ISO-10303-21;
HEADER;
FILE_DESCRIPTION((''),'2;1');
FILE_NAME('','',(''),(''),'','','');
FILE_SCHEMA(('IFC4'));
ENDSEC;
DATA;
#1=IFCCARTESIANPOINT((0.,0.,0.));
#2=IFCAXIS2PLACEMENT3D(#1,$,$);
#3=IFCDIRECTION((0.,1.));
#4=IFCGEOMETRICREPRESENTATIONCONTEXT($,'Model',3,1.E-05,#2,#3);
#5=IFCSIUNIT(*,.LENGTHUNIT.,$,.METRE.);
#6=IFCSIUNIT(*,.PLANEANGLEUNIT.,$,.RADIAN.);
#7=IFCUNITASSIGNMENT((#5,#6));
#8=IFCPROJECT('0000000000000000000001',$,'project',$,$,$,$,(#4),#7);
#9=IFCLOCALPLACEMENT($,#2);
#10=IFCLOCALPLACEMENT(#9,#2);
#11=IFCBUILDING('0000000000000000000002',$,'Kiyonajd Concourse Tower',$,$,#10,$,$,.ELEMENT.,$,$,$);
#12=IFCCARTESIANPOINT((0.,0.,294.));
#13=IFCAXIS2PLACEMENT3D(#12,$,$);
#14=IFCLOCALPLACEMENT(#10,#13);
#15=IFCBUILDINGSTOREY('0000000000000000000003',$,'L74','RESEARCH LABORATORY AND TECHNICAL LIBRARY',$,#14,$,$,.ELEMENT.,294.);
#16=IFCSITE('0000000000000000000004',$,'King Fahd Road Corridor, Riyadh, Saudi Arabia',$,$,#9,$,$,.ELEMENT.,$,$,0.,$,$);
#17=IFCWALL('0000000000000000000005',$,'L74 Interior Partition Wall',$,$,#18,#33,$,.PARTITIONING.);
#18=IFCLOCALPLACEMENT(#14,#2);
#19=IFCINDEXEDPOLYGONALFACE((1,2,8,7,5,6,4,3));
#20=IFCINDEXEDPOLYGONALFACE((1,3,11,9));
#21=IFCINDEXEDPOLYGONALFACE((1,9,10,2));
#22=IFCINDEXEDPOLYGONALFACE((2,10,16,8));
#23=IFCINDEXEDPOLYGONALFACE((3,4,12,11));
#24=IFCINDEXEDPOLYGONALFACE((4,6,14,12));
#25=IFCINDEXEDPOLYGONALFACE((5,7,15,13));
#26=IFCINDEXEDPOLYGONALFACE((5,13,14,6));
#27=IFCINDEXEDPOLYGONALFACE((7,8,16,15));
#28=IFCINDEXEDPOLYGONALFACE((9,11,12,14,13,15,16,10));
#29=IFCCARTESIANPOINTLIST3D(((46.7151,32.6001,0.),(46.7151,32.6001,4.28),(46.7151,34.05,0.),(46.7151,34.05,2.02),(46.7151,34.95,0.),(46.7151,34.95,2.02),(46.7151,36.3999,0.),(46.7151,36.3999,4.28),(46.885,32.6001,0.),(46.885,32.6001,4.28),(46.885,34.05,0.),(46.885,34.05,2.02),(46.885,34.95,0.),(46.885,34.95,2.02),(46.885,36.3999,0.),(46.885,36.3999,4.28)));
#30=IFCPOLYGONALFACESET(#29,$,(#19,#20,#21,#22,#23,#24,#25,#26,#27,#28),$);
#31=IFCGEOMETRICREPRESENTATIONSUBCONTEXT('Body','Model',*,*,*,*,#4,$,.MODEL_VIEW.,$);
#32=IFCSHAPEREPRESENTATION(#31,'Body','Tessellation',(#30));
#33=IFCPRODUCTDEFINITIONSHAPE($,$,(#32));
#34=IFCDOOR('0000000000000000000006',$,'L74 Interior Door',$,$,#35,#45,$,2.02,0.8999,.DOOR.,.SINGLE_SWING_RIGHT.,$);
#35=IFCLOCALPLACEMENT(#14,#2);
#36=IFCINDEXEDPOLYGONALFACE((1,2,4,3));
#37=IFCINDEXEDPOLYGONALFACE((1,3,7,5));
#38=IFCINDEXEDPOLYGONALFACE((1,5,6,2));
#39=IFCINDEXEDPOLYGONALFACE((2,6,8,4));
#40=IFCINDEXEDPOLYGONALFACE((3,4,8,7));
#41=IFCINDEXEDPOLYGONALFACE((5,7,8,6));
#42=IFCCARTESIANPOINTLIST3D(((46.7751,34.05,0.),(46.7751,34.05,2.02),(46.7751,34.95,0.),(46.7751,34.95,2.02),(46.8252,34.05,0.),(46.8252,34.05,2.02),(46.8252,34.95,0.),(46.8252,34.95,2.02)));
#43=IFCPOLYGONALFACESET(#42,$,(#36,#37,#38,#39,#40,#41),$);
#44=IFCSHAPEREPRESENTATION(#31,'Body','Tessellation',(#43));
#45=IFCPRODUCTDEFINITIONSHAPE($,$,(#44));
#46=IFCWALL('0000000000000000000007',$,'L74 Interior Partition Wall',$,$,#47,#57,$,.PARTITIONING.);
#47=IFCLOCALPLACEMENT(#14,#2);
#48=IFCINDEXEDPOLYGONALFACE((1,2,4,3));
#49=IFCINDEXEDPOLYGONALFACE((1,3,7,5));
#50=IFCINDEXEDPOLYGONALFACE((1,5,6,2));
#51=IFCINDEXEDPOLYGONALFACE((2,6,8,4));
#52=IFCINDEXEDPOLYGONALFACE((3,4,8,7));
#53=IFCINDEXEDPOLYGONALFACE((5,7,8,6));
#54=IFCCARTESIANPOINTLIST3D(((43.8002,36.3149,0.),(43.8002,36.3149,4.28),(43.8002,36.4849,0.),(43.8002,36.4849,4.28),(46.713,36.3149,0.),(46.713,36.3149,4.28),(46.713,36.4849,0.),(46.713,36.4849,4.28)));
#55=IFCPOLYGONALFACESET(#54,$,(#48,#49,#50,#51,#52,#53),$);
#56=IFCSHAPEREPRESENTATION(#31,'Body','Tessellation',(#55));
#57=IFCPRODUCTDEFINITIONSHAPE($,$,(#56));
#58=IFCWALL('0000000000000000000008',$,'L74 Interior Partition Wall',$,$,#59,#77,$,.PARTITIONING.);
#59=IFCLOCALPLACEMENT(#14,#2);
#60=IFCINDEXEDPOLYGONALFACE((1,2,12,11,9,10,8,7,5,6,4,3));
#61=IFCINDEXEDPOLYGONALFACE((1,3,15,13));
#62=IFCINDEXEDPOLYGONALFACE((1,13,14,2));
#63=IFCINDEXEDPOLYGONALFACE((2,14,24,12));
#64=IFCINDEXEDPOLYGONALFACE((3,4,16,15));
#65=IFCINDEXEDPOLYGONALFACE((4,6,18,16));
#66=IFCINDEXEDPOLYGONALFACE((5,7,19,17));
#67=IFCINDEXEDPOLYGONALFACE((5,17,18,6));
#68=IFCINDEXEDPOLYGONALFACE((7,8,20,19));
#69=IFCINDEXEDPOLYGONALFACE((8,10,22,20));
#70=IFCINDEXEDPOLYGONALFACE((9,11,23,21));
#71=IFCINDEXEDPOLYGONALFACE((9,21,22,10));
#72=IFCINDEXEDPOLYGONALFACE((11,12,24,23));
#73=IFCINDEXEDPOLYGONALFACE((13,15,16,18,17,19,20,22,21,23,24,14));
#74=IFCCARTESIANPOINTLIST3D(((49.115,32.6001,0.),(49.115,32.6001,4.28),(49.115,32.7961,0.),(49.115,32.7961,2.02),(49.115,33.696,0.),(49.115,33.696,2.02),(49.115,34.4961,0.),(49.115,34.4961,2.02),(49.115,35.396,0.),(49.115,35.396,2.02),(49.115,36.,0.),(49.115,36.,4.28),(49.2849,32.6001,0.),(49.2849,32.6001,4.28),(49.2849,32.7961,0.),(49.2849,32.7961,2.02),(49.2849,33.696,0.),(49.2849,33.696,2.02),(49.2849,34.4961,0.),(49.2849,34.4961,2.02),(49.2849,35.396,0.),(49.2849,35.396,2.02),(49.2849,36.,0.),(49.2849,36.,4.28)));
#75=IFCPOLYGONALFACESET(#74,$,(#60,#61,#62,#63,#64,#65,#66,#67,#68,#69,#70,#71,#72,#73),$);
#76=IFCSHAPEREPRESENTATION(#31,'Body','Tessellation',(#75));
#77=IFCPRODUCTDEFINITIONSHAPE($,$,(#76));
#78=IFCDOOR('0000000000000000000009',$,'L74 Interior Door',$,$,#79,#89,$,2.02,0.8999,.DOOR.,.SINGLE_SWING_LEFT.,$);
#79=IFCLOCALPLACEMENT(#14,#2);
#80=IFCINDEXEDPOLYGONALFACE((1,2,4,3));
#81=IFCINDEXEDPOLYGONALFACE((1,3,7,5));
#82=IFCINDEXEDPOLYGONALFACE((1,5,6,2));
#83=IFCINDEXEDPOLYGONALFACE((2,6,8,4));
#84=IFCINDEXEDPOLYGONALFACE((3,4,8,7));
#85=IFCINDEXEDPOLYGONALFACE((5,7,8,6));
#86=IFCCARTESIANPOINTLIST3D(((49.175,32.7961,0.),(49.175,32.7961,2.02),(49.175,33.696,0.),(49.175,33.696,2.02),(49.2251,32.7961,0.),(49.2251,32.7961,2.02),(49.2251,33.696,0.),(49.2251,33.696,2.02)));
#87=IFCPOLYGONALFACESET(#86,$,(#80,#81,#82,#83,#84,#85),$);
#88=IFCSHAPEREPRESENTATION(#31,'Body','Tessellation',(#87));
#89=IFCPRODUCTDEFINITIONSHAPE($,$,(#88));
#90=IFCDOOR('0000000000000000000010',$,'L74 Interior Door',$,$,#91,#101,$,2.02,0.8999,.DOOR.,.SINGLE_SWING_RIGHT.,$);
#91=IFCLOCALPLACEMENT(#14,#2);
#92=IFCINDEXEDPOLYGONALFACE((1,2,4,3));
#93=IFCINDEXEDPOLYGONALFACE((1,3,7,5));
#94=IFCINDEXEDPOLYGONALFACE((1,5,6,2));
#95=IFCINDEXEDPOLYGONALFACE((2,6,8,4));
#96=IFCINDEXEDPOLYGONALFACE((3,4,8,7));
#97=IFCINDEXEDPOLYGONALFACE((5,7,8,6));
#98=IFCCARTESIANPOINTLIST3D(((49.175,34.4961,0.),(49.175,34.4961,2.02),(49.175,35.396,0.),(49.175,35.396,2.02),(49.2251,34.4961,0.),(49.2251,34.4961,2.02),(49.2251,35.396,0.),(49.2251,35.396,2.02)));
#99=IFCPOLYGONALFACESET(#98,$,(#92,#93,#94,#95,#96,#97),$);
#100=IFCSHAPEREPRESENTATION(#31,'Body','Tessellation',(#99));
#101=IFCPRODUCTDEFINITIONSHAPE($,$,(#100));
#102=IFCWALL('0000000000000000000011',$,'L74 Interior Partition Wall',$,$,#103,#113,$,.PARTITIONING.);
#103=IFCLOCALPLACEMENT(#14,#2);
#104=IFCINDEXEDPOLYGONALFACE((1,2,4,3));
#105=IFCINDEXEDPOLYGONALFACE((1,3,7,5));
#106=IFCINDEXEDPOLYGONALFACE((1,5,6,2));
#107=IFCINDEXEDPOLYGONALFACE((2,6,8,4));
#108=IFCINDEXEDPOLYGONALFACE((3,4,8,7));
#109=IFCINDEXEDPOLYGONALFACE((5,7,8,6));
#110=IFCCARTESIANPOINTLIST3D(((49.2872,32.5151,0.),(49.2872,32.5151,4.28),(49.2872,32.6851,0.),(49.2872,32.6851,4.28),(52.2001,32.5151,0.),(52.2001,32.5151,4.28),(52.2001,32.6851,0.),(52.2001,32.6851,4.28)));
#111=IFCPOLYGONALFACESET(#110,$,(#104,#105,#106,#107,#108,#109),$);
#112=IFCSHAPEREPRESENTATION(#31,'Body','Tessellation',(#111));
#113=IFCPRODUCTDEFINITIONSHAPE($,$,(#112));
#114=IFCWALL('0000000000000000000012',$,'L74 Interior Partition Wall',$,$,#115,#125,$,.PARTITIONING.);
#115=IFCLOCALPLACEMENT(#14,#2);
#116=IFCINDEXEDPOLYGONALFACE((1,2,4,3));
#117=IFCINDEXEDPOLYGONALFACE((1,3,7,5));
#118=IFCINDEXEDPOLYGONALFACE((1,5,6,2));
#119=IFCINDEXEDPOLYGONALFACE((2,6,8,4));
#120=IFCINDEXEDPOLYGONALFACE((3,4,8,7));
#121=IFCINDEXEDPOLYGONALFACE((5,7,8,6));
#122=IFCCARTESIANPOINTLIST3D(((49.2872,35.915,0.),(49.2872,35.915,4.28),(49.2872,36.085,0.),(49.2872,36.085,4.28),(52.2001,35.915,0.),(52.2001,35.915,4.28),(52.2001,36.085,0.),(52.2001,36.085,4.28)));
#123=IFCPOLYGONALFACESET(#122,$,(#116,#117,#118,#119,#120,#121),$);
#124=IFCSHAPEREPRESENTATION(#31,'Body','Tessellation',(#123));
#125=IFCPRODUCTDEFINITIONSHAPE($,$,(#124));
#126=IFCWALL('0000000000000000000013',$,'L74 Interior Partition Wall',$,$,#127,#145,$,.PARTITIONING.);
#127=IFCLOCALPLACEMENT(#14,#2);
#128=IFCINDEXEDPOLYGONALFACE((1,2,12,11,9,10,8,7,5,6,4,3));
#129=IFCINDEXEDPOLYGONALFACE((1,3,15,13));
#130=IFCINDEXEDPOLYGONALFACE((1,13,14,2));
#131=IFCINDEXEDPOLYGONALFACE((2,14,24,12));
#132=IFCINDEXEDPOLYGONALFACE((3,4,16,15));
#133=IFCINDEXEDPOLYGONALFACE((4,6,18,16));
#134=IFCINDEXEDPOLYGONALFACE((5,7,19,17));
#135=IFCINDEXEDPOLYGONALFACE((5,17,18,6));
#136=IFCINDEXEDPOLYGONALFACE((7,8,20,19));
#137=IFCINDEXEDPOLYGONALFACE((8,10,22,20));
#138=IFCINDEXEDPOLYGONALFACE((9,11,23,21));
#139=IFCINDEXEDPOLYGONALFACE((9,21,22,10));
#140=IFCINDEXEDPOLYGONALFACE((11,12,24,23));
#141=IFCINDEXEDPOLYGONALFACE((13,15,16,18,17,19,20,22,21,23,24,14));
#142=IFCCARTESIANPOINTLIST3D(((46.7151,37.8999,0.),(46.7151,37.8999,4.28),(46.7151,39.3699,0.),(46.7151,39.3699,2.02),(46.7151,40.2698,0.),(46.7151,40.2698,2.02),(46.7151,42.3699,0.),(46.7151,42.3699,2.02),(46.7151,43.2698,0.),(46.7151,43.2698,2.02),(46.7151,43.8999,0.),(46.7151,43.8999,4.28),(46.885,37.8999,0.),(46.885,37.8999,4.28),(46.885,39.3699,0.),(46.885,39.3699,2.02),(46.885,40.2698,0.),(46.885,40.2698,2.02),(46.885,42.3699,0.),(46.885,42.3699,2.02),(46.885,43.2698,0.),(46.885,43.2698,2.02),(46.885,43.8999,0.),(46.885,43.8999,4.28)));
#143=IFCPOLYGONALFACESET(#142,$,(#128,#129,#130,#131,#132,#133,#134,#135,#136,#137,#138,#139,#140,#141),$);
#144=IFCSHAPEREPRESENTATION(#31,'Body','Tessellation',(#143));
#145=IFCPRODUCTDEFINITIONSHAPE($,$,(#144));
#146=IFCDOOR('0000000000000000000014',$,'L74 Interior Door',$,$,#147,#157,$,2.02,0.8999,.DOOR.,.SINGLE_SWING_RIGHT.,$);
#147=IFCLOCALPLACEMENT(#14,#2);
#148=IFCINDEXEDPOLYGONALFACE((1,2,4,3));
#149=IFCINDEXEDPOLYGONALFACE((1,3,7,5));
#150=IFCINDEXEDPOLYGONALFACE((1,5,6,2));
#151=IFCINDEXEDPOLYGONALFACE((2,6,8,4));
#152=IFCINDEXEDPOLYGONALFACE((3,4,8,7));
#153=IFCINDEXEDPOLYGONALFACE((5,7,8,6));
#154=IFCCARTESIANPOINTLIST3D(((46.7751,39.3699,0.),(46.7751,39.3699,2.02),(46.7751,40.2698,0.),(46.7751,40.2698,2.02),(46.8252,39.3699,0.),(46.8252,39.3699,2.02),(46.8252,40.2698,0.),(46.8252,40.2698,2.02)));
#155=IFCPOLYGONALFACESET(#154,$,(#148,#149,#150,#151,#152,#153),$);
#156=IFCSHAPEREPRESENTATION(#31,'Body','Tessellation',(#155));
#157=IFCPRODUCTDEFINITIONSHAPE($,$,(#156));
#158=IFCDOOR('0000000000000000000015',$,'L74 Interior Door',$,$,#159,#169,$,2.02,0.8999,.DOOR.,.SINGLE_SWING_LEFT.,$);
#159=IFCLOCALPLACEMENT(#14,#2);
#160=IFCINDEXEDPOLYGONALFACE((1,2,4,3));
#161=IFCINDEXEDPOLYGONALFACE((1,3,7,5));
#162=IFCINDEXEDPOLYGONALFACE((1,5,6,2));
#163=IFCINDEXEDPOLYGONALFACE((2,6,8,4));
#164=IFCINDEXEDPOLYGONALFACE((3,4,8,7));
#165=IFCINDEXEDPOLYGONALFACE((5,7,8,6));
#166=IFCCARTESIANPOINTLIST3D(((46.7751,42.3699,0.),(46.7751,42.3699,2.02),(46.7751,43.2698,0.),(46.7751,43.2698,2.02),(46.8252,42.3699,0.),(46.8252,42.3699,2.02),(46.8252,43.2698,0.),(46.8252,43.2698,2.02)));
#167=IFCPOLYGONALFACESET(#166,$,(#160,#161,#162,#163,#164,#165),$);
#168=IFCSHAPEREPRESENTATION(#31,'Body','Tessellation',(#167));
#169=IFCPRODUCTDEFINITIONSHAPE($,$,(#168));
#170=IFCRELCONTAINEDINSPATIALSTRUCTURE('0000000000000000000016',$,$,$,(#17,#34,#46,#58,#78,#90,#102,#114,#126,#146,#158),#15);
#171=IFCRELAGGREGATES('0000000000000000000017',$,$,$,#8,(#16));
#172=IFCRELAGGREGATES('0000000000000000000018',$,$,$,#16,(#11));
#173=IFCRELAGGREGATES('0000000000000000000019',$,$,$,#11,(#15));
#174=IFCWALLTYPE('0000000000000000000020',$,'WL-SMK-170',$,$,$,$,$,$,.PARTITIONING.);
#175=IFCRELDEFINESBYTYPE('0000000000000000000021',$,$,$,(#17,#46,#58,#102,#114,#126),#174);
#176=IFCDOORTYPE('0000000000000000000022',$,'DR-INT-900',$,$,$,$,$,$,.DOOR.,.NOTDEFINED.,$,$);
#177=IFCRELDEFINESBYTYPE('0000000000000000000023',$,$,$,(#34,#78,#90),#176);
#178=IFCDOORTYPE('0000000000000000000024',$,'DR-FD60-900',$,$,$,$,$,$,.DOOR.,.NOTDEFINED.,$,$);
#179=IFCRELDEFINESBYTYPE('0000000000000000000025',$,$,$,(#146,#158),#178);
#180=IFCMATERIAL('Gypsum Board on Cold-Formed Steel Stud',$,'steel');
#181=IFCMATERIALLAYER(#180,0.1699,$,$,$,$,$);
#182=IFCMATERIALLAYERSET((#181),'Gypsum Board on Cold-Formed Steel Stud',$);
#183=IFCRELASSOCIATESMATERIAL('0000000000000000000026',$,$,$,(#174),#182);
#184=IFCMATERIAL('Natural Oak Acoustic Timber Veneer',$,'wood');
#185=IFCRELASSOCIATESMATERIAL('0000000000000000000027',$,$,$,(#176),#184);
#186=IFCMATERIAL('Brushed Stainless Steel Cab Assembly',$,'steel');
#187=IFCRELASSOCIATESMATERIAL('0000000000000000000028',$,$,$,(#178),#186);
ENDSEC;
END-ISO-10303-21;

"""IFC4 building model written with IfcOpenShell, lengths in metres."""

from ifc_helpers import new_model, si_unit, direction, frame, frame_2d, origin, place, context, subcontext, project, spatial, rectangle, extrude, material, layer, layer_set, type_object, element, fill, save


model = new_model("IFC4")

# Units and contexts
model_context = context("Model", 3, precision=1e-05, world=origin(), true_north=direction((0.0, 1.0)))
body_context = subcontext(model_context, "Body", "Model", "MODEL_VIEW")
ifc_project = project(units=[si_unit("LENGTHUNIT", "METRE"), si_unit("PLANEANGLEUNIT", "RADIAN")], contexts=[model_context])

# Site, building, storey
site_placement = place(None, origin())
site = spatial("IfcSite", under=ifc_project, at=site_placement, Name="King Fahd Road Corridor, Riyadh, Saudi Arabia", CompositionType="ELEMENT", RefElevation=0.0)
building_placement = place(site_placement, origin())
building = spatial("IfcBuilding", under=site, at=building_placement, Name="Kiyonajd Concourse Tower", CompositionType="ELEMENT")
storey_placement = place(building_placement, frame((0.0, 0.0, 294.0)))
storey = spatial("IfcBuildingStorey", under=building, at=storey_placement, Name="L74", Description="RESEARCH LABORATORY AND TECHNICAL LIBRARY", CompositionType="ELEMENT", Elevation=294.0)

# Shared definitions
ifc_material_1 = material(Name="Gypsum Board on Cold-Formed Steel Stud", Category="steel")

# Shared definitions
ifc_material_2 = material(Name="Brushed Stainless Steel Cab Assembly", Category="steel")

# Shared definitions
ifc_layer_1 = layer(ifc_material_1, 0.1699)
ifc_layer_set_1 = layer_set([ifc_layer_1], Name="Gypsum Board on Cold-Formed Steel Stud")
wall_type_1 = type_object("IfcWallType", Name="WL-SMK-170", PredefinedType="PARTITIONING", material=ifc_layer_set_1)

# Wall, opening, door
wall_1_placement = place(storey_placement, frame((46.8, 32.6001, 0.0), z_axis=(0.0, 0.0, 1.0), x_axis=(0.0, 1.0, 0.0)))
wall_1 = element("IfcWall", 1, at=wall_1_placement, inside=storey, type_object=wall_type_1, Name="L74 Interior Partition Wall", PredefinedType="PARTITIONING", context=body_context, shape_type="SweptSolid", body=[
    extrude(rectangle(XDim=3.7998, YDim=0.1699, at=frame_2d((1.8999, 0.0))), origin(), (0.0, 0.0, 1.0), 4.28),
])
opening_1_placement = place(wall_1_placement, frame((1.45, 0.0, 0.0)))
opening_1 = element("IfcOpeningElement", 2, at=opening_1_placement, cuts=wall_1, PredefinedType="OPENING", context=body_context, shape_type="SweptSolid", body=[
    extrude(rectangle(XDim=0.8999, YDim=2.02, at=frame_2d((0.45, 1.01))), frame((0.0, 0.095, 0.0), z_axis=(0.0, -1.0, 0.0), x_axis=(1.0, 0.0, 0.0)), (0.0, 0.0, 1.0), 0.1899),
])
ifc_material_3 = material(Name="Natural Oak Acoustic Timber Veneer", Category="wood")
door_type_1 = type_object("IfcDoorType", Name="DR-INT-900", OperationType="NOTDEFINED", PredefinedType="DOOR", material=ifc_material_3)
door_1_placement = place(opening_1_placement, origin())
door_1 = element("IfcDoor", 3, at=door_1_placement, inside=storey, type_object=door_type_1, Name="L74 Interior Door", OperationType="SINGLE_SWING_RIGHT", OverallHeight=2.02, OverallWidth=0.8999, PredefinedType="DOOR", context=body_context, shape_type="SweptSolid", body=[
    extrude(rectangle(XDim=0.8999, YDim=2.02, at=frame_2d((0.45, 1.01))), frame((0.0, 0.0249, 0.0), z_axis=(0.0, -1.0, 0.0), x_axis=(1.0, 0.0, 0.0)), (0.0, 0.0, 1.0), 0.05),
])
fill(opening_1, door_1)

# Wall
wall_2_placement = place(storey_placement, frame((43.8, 36.3999, 0.0), z_axis=(0.0, 0.0, 1.0), x_axis=(1.0, 0.0, 0.0)))
element("IfcWall", 4, at=wall_2_placement, inside=storey, type_object=wall_type_1, Name="L74 Interior Partition Wall", PredefinedType="PARTITIONING", context=body_context, shape_type="SweptSolid", body=[
    extrude(rectangle(XDim=2.9128, YDim=0.1699, at=frame_2d((1.4565, 0.0))), origin(), (0.0, 0.0, 1.0), 4.28),
])

# Wall, openings, doors
wall_3_placement = place(storey_placement, frame((49.2, 32.6001, 0.0), z_axis=(0.0, 0.0, 1.0), x_axis=(0.0, 1.0, 0.0)))
wall_3 = element("IfcWall", 5, at=wall_3_placement, inside=storey, type_object=wall_type_1, Name="L74 Interior Partition Wall", PredefinedType="PARTITIONING", context=body_context, shape_type="SweptSolid", body=[
    extrude(rectangle(XDim=3.3999, YDim=0.1699, at=frame_2d((1.7, 0.0))), origin(), (0.0, 0.0, 1.0), 4.28),
])
opening_2_placement = place(wall_3_placement, frame((0.196, 0.0, 0.0)))
opening_2 = element("IfcOpeningElement", 6, at=opening_2_placement, cuts=wall_3, PredefinedType="OPENING", context=body_context, shape_type="SweptSolid", body=[
    extrude(rectangle(XDim=0.8999, YDim=2.02, at=frame_2d((0.45, 1.01))), frame((0.0, 0.095, 0.0), z_axis=(0.0, -1.0, 0.0), x_axis=(1.0, 0.0, 0.0)), (0.0, 0.0, 1.0), 0.1899),
])
opening_3_placement = place(wall_3_placement, frame((1.896, 0.0, 0.0)))
opening_3 = element("IfcOpeningElement", 7, at=opening_3_placement, cuts=wall_3, PredefinedType="OPENING", context=body_context, shape_type="SweptSolid", body=[
    extrude(rectangle(XDim=0.8999, YDim=2.02, at=frame_2d((0.45, 1.01))), frame((0.0, 0.095, 0.0), z_axis=(0.0, -1.0, 0.0), x_axis=(1.0, 0.0, 0.0)), (0.0, 0.0, 1.0), 0.1899),
])
door_2_placement = place(opening_2_placement, origin())
door_2 = element("IfcDoor", 8, at=door_2_placement, inside=storey, type_object=door_type_1, Name="L74 Interior Door", OperationType="SINGLE_SWING_LEFT", OverallHeight=2.02, OverallWidth=0.8999, PredefinedType="DOOR", context=body_context, shape_type="SweptSolid", body=[
    extrude(rectangle(XDim=0.8999, YDim=2.02, at=frame_2d((0.45, 1.01))), frame((0.0, 0.0249, 0.0), z_axis=(0.0, -1.0, 0.0), x_axis=(1.0, 0.0, 0.0)), (0.0, 0.0, 1.0), 0.05),
])
fill(opening_2, door_2)
door_3_placement = place(opening_3_placement, origin())
door_3 = element("IfcDoor", 9, at=door_3_placement, inside=storey, type_object=door_type_1, Name="L74 Interior Door", OperationType="SINGLE_SWING_RIGHT", OverallHeight=2.02, OverallWidth=0.8999, PredefinedType="DOOR", context=body_context, shape_type="SweptSolid", body=[
    extrude(rectangle(XDim=0.8999, YDim=2.02, at=frame_2d((0.45, 1.01))), frame((0.0, 0.0249, 0.0), z_axis=(0.0, -1.0, 0.0), x_axis=(1.0, 0.0, 0.0)), (0.0, 0.0, 1.0), 0.05),
])
fill(opening_3, door_3)

# Walls
for number, where, z_axis, x_axis, name in (
    (10, (49.2871, 32.6001, 0.0), (0.0, 0.0, 1.0), (1.0, 0.0, 0.0), "L74 Interior Partition Wall"),
    (11, (49.2871, 36.0, 0.0), (0.0, 0.0, 1.0), (1.0, 0.0, 0.0), "L74 Interior Partition Wall"),
):
    element("IfcWall", number, at=place(storey_placement, frame(where, z_axis=z_axis, x_axis=x_axis)), inside=storey, type_object=wall_type_1, Name=name, PredefinedType="PARTITIONING", context=body_context, shape_type="SweptSolid", body=[
        extrude(rectangle(XDim=2.9128, YDim=0.1699, at=frame_2d((1.4565, 0.0))), origin(), (0.0, 0.0, 1.0), 4.28),
    ])

# Wall, openings, doors
wall_4_placement = place(storey_placement, frame((46.8, 37.8999, 0.0), z_axis=(0.0, 0.0, 1.0), x_axis=(0.0, 1.0, 0.0)))
wall_4 = element("IfcWall", 12, at=wall_4_placement, inside=storey, type_object=wall_type_1, Name="L74 Interior Partition Wall", PredefinedType="PARTITIONING", context=body_context, shape_type="SweptSolid", body=[
    extrude(rectangle(XDim=6.0, YDim=0.1699, at=frame_2d((3.0, 0.0))), origin(), (0.0, 0.0, 1.0), 4.28),
])
opening_4_placement = place(wall_4_placement, frame((1.47, 0.0, 0.0)))
opening_4 = element("IfcOpeningElement", 13, at=opening_4_placement, cuts=wall_4, PredefinedType="OPENING", context=body_context, shape_type="SweptSolid", body=[
    extrude(rectangle(XDim=0.8999, YDim=2.02, at=frame_2d((0.45, 1.01))), frame((0.0, 0.095, 0.0), z_axis=(0.0, -1.0, 0.0), x_axis=(1.0, 0.0, 0.0)), (0.0, 0.0, 1.0), 0.1899),
])
opening_5_placement = place(wall_4_placement, frame((4.47, 0.0, 0.0)))
opening_5 = element("IfcOpeningElement", 14, at=opening_5_placement, cuts=wall_4, PredefinedType="OPENING", context=body_context, shape_type="SweptSolid", body=[
    extrude(rectangle(XDim=0.8999, YDim=2.02, at=frame_2d((0.45, 1.01))), frame((0.0, 0.095, 0.0), z_axis=(0.0, -1.0, 0.0), x_axis=(1.0, 0.0, 0.0)), (0.0, 0.0, 1.0), 0.1899),
])
door_type_2 = type_object("IfcDoorType", Name="DR-FD60-900", OperationType="NOTDEFINED", PredefinedType="DOOR", material=ifc_material_2)
door_4_placement = place(opening_4_placement, origin())
door_4 = element("IfcDoor", 15, at=door_4_placement, inside=storey, type_object=door_type_2, Name="L74 Interior Door", OperationType="SINGLE_SWING_RIGHT", OverallHeight=2.02, OverallWidth=0.8999, PredefinedType="DOOR", context=body_context, shape_type="SweptSolid", body=[
    extrude(rectangle(XDim=0.8999, YDim=2.02, at=frame_2d((0.45, 1.01))), frame((0.0, 0.0249, 0.0), z_axis=(0.0, -1.0, 0.0), x_axis=(1.0, 0.0, 0.0)), (0.0, 0.0, 1.0), 0.05),
])
fill(opening_4, door_4)
door_5_placement = place(opening_5_placement, origin())
door_5 = element("IfcDoor", 16, at=door_5_placement, inside=storey, type_object=door_type_2, Name="L74 Interior Door", OperationType="SINGLE_SWING_LEFT", OverallHeight=2.02, OverallWidth=0.8999, PredefinedType="DOOR", context=body_context, shape_type="SweptSolid", body=[
    extrude(rectangle(XDim=0.8999, YDim=2.02, at=frame_2d((0.45, 1.01))), frame((0.0, 0.0249, 0.0), z_axis=(0.0, -1.0, 0.0), x_axis=(1.0, 0.0, 0.0)), (0.0, 0.0, 1.0), 0.05),
])
fill(opening_5, door_5)

save(model, "model.ifc")
